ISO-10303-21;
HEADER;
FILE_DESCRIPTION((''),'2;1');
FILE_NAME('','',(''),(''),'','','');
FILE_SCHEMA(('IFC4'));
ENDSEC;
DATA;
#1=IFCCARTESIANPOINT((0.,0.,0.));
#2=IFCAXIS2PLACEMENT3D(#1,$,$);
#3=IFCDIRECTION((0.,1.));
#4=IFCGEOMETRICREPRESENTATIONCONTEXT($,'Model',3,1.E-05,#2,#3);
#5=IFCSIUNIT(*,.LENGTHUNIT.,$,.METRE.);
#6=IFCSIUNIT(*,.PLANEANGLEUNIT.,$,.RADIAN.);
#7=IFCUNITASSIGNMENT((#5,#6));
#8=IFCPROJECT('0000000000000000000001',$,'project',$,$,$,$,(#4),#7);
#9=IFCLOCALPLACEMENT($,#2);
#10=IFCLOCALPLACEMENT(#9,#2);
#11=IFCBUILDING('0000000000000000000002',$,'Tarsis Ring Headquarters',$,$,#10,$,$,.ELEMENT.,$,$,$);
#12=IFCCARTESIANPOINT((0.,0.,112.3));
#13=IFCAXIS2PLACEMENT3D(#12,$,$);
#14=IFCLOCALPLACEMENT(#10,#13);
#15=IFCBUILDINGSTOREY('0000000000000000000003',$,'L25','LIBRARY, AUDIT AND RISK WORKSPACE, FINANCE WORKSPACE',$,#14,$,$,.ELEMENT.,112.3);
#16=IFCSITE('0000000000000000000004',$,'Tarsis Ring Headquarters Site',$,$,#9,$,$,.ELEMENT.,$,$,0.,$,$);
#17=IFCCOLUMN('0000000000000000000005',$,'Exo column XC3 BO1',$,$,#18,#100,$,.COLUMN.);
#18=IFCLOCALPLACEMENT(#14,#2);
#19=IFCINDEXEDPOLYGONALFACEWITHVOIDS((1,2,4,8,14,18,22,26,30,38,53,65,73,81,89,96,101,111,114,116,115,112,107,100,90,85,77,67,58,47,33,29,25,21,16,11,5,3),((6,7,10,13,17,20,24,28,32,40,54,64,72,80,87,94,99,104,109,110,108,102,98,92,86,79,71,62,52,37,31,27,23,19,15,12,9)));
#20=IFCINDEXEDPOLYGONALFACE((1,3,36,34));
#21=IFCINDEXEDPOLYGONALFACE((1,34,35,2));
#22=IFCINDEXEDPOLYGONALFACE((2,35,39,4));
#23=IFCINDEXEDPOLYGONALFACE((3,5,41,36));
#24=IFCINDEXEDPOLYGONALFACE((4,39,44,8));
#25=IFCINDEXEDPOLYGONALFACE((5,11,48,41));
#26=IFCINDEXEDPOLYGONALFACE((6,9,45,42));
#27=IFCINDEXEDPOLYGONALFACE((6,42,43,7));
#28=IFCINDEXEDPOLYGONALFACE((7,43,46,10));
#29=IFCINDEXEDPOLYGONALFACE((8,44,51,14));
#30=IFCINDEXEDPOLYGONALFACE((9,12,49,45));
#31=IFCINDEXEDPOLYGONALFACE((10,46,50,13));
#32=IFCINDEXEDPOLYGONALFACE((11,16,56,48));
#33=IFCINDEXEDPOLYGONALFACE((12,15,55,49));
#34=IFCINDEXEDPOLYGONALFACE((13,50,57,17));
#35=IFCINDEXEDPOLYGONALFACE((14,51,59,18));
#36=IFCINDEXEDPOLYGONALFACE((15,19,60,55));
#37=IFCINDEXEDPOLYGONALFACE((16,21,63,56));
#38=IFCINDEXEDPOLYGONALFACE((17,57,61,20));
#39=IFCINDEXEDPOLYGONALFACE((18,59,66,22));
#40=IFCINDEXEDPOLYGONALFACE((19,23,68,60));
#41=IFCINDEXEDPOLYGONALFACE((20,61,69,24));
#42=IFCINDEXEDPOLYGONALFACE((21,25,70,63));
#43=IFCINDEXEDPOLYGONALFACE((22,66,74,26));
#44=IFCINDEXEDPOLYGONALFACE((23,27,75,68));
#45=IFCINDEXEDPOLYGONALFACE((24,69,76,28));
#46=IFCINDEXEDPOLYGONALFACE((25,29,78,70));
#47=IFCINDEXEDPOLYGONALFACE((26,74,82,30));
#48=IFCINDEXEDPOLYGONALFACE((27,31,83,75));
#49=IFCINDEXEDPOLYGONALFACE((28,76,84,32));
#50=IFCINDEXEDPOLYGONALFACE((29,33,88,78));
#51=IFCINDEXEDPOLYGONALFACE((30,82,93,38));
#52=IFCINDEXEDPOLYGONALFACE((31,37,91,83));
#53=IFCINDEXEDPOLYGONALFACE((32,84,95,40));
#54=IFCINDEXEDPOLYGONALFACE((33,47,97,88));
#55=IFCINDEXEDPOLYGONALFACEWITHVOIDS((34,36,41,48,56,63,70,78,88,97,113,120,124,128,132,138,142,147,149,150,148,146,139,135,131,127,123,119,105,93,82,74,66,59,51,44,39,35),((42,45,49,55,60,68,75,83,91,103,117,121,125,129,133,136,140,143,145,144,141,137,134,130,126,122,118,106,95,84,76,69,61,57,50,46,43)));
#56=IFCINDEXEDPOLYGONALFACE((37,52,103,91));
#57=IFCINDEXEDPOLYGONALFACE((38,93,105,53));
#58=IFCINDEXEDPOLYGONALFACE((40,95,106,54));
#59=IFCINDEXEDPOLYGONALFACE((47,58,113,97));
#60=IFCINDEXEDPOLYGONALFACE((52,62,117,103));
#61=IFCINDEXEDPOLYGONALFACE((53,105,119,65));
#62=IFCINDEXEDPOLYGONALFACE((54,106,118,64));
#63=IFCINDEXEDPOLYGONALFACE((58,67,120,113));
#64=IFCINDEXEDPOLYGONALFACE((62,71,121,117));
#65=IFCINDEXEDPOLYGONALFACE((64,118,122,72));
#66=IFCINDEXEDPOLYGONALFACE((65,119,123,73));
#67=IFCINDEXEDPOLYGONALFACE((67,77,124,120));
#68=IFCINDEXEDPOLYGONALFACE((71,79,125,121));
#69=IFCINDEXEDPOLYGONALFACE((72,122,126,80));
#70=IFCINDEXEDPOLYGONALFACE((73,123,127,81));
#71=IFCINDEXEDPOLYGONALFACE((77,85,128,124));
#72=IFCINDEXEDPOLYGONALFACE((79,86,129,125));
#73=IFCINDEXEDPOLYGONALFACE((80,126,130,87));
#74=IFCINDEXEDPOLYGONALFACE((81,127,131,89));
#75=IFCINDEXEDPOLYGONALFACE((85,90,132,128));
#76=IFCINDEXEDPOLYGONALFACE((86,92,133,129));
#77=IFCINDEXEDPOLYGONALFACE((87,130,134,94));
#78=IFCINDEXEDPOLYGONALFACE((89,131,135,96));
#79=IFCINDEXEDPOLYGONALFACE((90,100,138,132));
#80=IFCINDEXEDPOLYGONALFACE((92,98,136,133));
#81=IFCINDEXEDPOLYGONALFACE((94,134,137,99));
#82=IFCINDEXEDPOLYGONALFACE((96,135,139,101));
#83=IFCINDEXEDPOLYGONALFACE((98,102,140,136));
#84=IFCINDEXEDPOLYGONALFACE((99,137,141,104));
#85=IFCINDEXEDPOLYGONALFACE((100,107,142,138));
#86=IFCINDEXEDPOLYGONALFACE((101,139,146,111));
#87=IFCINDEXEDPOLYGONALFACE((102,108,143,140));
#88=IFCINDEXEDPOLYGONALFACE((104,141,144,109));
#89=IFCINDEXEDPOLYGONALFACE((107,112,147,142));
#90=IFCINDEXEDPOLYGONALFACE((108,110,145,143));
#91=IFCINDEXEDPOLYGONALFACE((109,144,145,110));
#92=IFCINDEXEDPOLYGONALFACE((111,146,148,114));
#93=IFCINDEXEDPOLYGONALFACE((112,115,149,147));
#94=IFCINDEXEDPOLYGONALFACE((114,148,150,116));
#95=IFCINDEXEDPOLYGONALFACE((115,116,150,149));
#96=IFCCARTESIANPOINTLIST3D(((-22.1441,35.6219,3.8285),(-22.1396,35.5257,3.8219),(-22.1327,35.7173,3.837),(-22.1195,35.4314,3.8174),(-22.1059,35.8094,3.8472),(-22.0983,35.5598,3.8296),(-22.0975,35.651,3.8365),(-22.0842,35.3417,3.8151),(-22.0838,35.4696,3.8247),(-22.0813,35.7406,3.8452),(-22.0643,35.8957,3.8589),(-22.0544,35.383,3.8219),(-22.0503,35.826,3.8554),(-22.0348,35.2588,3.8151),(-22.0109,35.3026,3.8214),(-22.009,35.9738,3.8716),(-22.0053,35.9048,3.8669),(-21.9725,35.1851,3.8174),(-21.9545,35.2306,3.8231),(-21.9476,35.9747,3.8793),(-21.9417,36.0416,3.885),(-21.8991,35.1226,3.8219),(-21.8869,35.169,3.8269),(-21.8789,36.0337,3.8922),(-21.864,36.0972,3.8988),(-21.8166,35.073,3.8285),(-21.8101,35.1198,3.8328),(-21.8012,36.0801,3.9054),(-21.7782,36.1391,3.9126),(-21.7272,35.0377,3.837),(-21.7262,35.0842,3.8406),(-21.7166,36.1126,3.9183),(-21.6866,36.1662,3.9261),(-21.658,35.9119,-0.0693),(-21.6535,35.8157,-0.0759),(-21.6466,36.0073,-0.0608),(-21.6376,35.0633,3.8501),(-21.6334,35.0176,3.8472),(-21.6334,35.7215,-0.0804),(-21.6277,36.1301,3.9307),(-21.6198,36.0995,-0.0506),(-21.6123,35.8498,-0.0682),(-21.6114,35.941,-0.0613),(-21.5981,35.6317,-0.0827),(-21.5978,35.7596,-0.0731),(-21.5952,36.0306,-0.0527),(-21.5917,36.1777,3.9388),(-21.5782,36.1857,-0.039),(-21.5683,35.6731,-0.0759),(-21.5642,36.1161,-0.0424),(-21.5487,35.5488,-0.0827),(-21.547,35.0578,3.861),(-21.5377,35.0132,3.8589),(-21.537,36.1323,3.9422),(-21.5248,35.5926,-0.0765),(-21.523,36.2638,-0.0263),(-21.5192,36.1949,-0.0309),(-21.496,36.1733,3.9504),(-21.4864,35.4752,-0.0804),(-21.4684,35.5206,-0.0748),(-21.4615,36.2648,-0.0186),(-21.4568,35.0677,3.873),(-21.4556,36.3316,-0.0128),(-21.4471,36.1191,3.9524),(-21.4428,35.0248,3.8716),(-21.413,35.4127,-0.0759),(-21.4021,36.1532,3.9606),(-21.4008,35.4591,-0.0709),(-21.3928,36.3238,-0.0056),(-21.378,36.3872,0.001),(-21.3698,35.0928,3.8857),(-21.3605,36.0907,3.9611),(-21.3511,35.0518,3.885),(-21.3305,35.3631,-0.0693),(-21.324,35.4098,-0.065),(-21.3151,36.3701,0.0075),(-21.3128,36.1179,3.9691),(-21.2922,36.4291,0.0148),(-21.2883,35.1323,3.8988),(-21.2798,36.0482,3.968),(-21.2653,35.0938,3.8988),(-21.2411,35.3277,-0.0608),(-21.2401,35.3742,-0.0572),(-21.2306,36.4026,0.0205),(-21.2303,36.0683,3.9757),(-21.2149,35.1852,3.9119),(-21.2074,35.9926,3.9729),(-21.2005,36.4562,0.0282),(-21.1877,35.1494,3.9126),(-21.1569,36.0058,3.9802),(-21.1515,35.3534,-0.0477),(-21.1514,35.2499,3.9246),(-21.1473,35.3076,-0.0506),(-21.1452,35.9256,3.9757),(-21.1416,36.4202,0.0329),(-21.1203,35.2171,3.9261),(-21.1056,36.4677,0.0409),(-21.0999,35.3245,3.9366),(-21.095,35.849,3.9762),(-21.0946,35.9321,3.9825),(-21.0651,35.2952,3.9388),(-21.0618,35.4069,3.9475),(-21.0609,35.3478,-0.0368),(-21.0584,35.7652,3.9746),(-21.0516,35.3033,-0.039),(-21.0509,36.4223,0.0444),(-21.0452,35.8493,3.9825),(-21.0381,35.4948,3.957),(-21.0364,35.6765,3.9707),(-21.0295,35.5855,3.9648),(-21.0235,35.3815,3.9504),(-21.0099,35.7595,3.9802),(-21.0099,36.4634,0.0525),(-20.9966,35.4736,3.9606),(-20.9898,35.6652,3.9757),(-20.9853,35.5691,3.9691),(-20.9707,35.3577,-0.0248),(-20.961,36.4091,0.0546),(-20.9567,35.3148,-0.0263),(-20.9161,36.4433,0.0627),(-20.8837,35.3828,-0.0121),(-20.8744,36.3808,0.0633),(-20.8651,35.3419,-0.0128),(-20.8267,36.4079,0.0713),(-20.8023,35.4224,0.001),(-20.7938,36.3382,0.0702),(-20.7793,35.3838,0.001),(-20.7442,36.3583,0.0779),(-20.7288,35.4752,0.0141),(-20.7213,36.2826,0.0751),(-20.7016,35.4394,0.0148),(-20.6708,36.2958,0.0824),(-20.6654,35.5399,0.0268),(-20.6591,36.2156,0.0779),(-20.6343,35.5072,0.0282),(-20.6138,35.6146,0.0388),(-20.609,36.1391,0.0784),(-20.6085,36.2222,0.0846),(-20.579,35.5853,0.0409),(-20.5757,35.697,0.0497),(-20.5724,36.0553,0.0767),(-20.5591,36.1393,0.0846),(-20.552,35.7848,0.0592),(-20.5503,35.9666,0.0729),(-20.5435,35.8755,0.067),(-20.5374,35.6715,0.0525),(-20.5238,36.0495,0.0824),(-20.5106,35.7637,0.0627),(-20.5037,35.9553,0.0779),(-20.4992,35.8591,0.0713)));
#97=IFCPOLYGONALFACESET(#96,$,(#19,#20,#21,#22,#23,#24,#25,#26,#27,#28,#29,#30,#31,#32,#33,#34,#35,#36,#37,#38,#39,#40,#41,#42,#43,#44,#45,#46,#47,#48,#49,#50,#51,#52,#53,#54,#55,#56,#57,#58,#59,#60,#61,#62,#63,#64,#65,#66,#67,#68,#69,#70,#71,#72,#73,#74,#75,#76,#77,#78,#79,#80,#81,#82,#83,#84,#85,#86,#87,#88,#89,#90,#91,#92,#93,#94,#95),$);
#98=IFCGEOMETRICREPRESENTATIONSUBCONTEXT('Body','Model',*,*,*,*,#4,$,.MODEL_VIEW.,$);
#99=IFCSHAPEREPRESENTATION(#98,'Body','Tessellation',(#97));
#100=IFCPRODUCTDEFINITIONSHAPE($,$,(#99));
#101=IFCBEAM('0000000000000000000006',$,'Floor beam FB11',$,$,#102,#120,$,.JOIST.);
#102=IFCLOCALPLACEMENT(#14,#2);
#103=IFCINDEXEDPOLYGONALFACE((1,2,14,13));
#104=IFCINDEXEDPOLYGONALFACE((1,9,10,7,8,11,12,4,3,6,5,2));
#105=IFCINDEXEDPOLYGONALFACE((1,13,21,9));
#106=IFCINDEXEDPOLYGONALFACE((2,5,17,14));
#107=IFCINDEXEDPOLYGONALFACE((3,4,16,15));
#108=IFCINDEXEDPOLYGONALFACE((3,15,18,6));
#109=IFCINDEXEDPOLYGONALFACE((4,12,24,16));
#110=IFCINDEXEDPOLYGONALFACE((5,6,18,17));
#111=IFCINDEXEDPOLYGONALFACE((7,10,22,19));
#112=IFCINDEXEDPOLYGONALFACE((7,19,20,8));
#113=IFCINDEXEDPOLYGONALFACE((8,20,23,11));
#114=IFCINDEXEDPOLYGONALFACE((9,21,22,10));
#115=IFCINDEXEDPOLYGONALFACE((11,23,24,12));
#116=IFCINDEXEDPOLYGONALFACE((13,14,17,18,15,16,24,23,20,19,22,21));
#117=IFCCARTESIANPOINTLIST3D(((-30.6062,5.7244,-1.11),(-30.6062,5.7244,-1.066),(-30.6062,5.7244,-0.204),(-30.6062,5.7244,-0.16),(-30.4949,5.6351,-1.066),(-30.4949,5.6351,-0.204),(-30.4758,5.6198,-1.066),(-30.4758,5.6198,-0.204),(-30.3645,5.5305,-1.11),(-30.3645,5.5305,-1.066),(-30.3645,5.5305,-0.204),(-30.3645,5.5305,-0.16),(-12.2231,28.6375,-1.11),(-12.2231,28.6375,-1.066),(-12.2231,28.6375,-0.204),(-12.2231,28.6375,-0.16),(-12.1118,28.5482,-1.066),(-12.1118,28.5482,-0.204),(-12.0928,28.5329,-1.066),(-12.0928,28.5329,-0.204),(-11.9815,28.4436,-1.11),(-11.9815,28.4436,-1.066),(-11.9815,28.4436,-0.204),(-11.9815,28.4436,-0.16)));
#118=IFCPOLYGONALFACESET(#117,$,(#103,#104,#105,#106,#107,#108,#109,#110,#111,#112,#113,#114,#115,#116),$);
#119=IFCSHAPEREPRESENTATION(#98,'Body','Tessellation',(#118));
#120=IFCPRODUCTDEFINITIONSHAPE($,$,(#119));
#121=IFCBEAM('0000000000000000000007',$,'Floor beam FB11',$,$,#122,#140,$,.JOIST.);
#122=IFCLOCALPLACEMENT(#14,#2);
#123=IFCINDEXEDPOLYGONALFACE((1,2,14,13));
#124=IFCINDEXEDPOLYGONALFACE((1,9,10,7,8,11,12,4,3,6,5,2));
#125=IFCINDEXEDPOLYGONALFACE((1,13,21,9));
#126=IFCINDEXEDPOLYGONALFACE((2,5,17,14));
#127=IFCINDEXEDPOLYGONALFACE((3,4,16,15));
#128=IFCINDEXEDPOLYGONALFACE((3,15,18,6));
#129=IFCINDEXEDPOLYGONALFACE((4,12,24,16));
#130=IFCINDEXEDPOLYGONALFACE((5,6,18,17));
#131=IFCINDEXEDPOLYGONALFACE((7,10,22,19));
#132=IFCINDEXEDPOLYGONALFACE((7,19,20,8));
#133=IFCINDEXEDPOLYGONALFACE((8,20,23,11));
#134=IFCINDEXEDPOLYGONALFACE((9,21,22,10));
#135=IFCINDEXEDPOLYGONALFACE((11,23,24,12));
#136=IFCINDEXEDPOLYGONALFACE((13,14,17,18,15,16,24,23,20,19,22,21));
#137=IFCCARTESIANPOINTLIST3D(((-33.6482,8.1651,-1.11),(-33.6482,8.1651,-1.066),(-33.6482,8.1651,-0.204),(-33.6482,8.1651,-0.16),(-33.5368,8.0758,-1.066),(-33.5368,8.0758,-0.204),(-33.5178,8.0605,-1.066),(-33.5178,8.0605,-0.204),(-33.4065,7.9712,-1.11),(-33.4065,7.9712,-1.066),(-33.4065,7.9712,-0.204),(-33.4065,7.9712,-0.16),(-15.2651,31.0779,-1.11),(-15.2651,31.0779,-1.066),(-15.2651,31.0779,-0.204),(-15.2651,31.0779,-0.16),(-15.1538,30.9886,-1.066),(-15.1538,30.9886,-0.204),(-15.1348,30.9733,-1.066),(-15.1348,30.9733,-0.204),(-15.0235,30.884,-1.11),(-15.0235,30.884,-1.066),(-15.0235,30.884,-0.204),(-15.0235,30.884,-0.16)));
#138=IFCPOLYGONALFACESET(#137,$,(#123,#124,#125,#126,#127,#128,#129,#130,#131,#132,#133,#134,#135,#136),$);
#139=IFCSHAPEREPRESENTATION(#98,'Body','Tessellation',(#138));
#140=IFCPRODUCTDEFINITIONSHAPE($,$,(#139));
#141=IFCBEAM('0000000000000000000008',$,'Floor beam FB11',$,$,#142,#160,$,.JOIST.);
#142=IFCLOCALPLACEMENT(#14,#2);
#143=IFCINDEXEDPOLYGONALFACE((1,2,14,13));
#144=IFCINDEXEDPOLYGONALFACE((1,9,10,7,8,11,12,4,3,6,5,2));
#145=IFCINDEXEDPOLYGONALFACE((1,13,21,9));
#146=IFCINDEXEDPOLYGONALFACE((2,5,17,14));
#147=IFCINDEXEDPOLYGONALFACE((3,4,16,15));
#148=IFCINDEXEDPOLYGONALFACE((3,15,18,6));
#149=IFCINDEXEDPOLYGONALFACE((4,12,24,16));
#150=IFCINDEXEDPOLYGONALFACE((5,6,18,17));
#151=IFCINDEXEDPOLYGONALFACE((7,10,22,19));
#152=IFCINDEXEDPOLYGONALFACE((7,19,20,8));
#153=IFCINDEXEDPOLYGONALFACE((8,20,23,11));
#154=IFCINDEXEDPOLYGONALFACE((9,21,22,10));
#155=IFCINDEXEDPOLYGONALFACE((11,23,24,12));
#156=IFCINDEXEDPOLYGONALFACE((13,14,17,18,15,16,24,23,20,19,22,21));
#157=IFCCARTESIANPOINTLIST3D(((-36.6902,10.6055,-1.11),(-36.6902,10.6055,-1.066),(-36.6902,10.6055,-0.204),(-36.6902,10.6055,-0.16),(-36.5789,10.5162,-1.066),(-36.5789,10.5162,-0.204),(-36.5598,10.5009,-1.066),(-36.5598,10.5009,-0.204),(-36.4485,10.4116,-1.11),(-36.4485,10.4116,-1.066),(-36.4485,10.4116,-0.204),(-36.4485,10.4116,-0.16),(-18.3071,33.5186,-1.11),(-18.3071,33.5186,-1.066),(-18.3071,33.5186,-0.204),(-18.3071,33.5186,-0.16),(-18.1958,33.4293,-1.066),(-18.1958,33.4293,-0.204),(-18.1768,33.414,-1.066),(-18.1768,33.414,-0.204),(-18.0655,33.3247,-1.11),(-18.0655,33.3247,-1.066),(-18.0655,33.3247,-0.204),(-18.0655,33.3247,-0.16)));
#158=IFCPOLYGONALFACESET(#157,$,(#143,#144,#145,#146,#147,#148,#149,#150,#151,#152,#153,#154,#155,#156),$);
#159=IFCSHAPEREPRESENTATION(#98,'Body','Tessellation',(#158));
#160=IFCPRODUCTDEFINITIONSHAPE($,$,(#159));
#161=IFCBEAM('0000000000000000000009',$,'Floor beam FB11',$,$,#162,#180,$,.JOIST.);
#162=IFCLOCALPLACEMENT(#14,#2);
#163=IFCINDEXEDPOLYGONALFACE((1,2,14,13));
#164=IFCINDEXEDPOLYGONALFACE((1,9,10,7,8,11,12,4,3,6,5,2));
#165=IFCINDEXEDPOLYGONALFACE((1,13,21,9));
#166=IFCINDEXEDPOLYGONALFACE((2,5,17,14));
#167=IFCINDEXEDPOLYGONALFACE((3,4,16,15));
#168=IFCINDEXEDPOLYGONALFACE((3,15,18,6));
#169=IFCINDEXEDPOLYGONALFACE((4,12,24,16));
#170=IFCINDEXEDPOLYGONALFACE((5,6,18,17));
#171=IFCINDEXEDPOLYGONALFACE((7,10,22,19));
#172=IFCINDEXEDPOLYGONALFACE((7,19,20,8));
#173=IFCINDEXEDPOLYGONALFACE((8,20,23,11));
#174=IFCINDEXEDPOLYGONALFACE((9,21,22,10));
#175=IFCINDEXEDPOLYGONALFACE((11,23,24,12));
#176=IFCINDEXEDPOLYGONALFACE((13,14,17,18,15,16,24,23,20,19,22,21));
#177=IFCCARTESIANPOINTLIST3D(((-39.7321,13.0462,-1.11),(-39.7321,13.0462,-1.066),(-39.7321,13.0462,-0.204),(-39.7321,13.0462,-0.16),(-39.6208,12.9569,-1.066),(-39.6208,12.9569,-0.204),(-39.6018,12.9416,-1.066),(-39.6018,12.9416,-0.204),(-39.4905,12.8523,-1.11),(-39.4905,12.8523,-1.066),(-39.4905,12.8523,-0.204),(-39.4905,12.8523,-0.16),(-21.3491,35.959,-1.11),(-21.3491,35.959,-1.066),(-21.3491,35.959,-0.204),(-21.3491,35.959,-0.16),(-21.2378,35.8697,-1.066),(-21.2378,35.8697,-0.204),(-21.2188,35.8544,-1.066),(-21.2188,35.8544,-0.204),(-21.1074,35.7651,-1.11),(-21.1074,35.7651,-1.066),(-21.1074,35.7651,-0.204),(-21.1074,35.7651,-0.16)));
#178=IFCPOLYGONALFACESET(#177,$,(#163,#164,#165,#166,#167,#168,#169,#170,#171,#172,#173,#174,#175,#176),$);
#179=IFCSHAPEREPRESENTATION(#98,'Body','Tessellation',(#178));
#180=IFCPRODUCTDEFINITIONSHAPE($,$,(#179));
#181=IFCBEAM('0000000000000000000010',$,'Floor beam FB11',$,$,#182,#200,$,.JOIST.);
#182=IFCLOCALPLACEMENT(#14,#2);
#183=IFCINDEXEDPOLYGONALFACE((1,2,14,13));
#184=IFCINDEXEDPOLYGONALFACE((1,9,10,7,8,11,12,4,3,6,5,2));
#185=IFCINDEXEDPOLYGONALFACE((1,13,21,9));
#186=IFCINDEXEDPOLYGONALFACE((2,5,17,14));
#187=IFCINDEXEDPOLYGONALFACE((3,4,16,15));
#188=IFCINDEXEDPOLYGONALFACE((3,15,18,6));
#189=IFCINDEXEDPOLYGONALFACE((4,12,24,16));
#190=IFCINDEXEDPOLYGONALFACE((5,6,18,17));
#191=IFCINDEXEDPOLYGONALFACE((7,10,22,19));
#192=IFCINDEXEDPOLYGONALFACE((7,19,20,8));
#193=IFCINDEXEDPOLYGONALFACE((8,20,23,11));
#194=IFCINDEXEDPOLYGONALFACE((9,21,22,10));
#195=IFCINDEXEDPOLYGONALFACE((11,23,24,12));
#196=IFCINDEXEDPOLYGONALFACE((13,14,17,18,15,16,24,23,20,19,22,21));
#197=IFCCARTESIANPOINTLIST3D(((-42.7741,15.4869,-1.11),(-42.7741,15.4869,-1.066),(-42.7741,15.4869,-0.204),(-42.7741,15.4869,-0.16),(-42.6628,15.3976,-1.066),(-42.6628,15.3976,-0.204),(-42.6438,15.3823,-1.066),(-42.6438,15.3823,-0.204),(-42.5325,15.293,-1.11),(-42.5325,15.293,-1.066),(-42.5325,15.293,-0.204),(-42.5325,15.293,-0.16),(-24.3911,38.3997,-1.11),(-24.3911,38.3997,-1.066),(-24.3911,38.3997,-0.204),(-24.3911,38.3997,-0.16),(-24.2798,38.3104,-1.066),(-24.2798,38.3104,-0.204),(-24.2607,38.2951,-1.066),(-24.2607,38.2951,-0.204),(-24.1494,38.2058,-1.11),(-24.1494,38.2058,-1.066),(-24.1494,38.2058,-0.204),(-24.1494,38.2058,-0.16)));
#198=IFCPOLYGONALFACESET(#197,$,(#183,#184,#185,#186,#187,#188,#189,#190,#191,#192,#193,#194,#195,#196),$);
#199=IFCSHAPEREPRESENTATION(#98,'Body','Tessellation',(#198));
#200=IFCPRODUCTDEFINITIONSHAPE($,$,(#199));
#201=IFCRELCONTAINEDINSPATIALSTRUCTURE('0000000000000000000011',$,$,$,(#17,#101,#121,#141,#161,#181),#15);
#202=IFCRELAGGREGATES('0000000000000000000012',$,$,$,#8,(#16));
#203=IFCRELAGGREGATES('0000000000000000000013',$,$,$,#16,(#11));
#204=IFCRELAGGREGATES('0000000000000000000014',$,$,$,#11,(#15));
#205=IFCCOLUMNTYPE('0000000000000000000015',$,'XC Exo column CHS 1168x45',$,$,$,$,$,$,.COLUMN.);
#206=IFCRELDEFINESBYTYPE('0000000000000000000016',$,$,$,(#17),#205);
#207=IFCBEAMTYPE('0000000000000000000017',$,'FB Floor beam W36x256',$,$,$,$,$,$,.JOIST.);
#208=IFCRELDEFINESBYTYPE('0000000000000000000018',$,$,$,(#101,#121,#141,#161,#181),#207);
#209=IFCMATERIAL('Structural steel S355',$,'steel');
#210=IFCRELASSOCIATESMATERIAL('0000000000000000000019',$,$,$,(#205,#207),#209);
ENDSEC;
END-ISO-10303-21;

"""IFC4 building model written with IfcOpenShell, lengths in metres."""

from ifc_helpers import new_model, si_unit, direction, frame, origin, origin_2d, place, context, subcontext, project, spatial, hollow_circle, i_section, extrude, material, material_profile, profile_set, type_object, element, save


model = new_model("IFC4")

# Units and contexts
model_context = context("Model", 3, precision=1e-05, world=origin(), true_north=direction((0.0, 1.0)))
body_context = subcontext(model_context, "Body", "Model", "MODEL_VIEW")
ifc_project = project(units=[si_unit("LENGTHUNIT", "METRE"), si_unit("PLANEANGLEUNIT", "RADIAN")], contexts=[model_context])

# Site, building, storey
site_placement = place(None, origin())
site = spatial("IfcSite", under=ifc_project, at=site_placement, Name="Tarsis Ring Headquarters Site", CompositionType="ELEMENT", RefElevation=0.0)
building_placement = place(site_placement, origin())
building = spatial("IfcBuilding", under=site, at=building_placement, Name="Tarsis Ring Headquarters", CompositionType="ELEMENT")
storey_placement = place(building_placement, frame((0.0, 0.0, 112.3)))
storey = spatial("IfcBuildingStorey", under=building, at=storey_placement, Name="L25", Description="LIBRARY, AUDIT AND RISK WORKSPACE, FINANCE WORKSPACE", CompositionType="ELEMENT", Elevation=112.3)

# Column
ifc_material_1 = material(Name="Structural steel S355", Category="steel")
ifc_material_profile_1 = material_profile(ifc_material_1, hollow_circle(Radius=0.5842, WallThickness=0.0449, at=origin_2d()), Name="CHS 1168x45")
ifc_profile_set_1 = profile_set([ifc_material_profile_1], Name="Structural steel S355")
column_type = type_object("IfcColumnType", Name="XC Exo column CHS 1168x45", PredefinedType="COLUMN", material=ifc_profile_set_1)
column_placement = place(storey_placement, frame((-21.0786, 35.8855, 0.001), z_axis=(-0.123408, -0.073636, 0.98962), x_axis=(0.512401, -0.858746, 0.0)))
element("IfcColumn", 1, at=column_placement, inside=storey, type_object=column_type, Name="Exo column XC3 BO1", PredefinedType="COLUMN", context=body_context, shape_type="SweptSolid", body=[
    extrude(hollow_circle(Radius=0.5842, WallThickness=0.0449, at=origin_2d()), origin(), (0.0, 0.0, 1.0), 3.9387),
])

# Beams
ifc_material_profile_2 = material_profile(ifc_material_1, i_section(OverallWidth=0.3098, OverallDepth=0.95, WebThickness=0.0244, FlangeThickness=0.0439, at=origin_2d()), Name="W36x256")
ifc_profile_set_2 = profile_set([ifc_material_profile_2], Name="Structural steel S355")
beam_type_1 = type_object("IfcBeamType", Name="FB Floor beam W36x256", PredefinedType="JOIST", material=ifc_profile_set_2)
beam_1_placement = place(storey_placement, frame((-12.1023, 28.5405, -0.635), z_axis=(-0.625786, -0.779995, 0.0), x_axis=(0.779995, -0.625786, 0.0)))
element("IfcBeam", 2, at=beam_1_placement, inside=storey, type_object=beam_type_1, Name="Floor beam FB11", PredefinedType="JOIST", context=body_context, shape_type="SweptSolid", body=[
    extrude(i_section(OverallWidth=0.3098, OverallDepth=0.95, WebThickness=0.0244, FlangeThickness=0.0439, at=origin_2d()), origin(), (0.0, 0.0, 1.0), 29.376),
])
beam_2_placement = place(storey_placement, frame((-15.1443, 30.981, -0.635), z_axis=(-0.62579, -0.779992, 0.0), x_axis=(0.779992, -0.62579, 0.0)))
element("IfcBeam", 3, at=beam_2_placement, inside=storey, type_object=beam_type_1, Name="Floor beam FB11", PredefinedType="JOIST", context=body_context, shape_type="SweptSolid", body=[
    extrude(i_section(OverallWidth=0.3098, OverallDepth=0.95, WebThickness=0.0244, FlangeThickness=0.0439, at=origin_2d()), origin(), (0.0, 0.0, 1.0), 29.3757),
])
beam_3_placement = place(storey_placement, frame((-18.1863, 33.4216, -0.635), z_axis=(-0.625786, -0.779995, 0.0), x_axis=(0.779995, -0.625786, 0.0)))
element("IfcBeam", 4, at=beam_3_placement, inside=storey, type_object=beam_type_1, Name="Floor beam FB11", PredefinedType="JOIST", context=body_context, shape_type="SweptSolid", body=[
    extrude(i_section(OverallWidth=0.3098, OverallDepth=0.95, WebThickness=0.0244, FlangeThickness=0.0439, at=origin_2d()), origin(), (0.0, 0.0, 1.0), 29.376),
])
for number, where, z_axis, x_axis, name in (
    (5, (-21.2283, 35.8621, -0.635), (-0.62579, -0.779992, 0.0), (0.779992, -0.62579, 0.0), "Floor beam FB11"),
    (6, (-24.2703, 38.3027, -0.635), (-0.62579, -0.779992, 0.0), (0.779992, -0.62579, 0.0), "Floor beam FB11"),
):
    element("IfcBeam", number, at=place(storey_placement, frame(where, z_axis=z_axis, x_axis=x_axis)), inside=storey, type_object=beam_type_1, Name=name, PredefinedType="JOIST", context=body_context, shape_type="SweptSolid", body=[
        extrude(i_section(OverallWidth=0.3098, OverallDepth=0.95, WebThickness=0.0244, FlangeThickness=0.0439, at=origin_2d()), origin(), (0.0, 0.0, 1.0), 29.3757),
    ])

save(model, "model.ifc")
